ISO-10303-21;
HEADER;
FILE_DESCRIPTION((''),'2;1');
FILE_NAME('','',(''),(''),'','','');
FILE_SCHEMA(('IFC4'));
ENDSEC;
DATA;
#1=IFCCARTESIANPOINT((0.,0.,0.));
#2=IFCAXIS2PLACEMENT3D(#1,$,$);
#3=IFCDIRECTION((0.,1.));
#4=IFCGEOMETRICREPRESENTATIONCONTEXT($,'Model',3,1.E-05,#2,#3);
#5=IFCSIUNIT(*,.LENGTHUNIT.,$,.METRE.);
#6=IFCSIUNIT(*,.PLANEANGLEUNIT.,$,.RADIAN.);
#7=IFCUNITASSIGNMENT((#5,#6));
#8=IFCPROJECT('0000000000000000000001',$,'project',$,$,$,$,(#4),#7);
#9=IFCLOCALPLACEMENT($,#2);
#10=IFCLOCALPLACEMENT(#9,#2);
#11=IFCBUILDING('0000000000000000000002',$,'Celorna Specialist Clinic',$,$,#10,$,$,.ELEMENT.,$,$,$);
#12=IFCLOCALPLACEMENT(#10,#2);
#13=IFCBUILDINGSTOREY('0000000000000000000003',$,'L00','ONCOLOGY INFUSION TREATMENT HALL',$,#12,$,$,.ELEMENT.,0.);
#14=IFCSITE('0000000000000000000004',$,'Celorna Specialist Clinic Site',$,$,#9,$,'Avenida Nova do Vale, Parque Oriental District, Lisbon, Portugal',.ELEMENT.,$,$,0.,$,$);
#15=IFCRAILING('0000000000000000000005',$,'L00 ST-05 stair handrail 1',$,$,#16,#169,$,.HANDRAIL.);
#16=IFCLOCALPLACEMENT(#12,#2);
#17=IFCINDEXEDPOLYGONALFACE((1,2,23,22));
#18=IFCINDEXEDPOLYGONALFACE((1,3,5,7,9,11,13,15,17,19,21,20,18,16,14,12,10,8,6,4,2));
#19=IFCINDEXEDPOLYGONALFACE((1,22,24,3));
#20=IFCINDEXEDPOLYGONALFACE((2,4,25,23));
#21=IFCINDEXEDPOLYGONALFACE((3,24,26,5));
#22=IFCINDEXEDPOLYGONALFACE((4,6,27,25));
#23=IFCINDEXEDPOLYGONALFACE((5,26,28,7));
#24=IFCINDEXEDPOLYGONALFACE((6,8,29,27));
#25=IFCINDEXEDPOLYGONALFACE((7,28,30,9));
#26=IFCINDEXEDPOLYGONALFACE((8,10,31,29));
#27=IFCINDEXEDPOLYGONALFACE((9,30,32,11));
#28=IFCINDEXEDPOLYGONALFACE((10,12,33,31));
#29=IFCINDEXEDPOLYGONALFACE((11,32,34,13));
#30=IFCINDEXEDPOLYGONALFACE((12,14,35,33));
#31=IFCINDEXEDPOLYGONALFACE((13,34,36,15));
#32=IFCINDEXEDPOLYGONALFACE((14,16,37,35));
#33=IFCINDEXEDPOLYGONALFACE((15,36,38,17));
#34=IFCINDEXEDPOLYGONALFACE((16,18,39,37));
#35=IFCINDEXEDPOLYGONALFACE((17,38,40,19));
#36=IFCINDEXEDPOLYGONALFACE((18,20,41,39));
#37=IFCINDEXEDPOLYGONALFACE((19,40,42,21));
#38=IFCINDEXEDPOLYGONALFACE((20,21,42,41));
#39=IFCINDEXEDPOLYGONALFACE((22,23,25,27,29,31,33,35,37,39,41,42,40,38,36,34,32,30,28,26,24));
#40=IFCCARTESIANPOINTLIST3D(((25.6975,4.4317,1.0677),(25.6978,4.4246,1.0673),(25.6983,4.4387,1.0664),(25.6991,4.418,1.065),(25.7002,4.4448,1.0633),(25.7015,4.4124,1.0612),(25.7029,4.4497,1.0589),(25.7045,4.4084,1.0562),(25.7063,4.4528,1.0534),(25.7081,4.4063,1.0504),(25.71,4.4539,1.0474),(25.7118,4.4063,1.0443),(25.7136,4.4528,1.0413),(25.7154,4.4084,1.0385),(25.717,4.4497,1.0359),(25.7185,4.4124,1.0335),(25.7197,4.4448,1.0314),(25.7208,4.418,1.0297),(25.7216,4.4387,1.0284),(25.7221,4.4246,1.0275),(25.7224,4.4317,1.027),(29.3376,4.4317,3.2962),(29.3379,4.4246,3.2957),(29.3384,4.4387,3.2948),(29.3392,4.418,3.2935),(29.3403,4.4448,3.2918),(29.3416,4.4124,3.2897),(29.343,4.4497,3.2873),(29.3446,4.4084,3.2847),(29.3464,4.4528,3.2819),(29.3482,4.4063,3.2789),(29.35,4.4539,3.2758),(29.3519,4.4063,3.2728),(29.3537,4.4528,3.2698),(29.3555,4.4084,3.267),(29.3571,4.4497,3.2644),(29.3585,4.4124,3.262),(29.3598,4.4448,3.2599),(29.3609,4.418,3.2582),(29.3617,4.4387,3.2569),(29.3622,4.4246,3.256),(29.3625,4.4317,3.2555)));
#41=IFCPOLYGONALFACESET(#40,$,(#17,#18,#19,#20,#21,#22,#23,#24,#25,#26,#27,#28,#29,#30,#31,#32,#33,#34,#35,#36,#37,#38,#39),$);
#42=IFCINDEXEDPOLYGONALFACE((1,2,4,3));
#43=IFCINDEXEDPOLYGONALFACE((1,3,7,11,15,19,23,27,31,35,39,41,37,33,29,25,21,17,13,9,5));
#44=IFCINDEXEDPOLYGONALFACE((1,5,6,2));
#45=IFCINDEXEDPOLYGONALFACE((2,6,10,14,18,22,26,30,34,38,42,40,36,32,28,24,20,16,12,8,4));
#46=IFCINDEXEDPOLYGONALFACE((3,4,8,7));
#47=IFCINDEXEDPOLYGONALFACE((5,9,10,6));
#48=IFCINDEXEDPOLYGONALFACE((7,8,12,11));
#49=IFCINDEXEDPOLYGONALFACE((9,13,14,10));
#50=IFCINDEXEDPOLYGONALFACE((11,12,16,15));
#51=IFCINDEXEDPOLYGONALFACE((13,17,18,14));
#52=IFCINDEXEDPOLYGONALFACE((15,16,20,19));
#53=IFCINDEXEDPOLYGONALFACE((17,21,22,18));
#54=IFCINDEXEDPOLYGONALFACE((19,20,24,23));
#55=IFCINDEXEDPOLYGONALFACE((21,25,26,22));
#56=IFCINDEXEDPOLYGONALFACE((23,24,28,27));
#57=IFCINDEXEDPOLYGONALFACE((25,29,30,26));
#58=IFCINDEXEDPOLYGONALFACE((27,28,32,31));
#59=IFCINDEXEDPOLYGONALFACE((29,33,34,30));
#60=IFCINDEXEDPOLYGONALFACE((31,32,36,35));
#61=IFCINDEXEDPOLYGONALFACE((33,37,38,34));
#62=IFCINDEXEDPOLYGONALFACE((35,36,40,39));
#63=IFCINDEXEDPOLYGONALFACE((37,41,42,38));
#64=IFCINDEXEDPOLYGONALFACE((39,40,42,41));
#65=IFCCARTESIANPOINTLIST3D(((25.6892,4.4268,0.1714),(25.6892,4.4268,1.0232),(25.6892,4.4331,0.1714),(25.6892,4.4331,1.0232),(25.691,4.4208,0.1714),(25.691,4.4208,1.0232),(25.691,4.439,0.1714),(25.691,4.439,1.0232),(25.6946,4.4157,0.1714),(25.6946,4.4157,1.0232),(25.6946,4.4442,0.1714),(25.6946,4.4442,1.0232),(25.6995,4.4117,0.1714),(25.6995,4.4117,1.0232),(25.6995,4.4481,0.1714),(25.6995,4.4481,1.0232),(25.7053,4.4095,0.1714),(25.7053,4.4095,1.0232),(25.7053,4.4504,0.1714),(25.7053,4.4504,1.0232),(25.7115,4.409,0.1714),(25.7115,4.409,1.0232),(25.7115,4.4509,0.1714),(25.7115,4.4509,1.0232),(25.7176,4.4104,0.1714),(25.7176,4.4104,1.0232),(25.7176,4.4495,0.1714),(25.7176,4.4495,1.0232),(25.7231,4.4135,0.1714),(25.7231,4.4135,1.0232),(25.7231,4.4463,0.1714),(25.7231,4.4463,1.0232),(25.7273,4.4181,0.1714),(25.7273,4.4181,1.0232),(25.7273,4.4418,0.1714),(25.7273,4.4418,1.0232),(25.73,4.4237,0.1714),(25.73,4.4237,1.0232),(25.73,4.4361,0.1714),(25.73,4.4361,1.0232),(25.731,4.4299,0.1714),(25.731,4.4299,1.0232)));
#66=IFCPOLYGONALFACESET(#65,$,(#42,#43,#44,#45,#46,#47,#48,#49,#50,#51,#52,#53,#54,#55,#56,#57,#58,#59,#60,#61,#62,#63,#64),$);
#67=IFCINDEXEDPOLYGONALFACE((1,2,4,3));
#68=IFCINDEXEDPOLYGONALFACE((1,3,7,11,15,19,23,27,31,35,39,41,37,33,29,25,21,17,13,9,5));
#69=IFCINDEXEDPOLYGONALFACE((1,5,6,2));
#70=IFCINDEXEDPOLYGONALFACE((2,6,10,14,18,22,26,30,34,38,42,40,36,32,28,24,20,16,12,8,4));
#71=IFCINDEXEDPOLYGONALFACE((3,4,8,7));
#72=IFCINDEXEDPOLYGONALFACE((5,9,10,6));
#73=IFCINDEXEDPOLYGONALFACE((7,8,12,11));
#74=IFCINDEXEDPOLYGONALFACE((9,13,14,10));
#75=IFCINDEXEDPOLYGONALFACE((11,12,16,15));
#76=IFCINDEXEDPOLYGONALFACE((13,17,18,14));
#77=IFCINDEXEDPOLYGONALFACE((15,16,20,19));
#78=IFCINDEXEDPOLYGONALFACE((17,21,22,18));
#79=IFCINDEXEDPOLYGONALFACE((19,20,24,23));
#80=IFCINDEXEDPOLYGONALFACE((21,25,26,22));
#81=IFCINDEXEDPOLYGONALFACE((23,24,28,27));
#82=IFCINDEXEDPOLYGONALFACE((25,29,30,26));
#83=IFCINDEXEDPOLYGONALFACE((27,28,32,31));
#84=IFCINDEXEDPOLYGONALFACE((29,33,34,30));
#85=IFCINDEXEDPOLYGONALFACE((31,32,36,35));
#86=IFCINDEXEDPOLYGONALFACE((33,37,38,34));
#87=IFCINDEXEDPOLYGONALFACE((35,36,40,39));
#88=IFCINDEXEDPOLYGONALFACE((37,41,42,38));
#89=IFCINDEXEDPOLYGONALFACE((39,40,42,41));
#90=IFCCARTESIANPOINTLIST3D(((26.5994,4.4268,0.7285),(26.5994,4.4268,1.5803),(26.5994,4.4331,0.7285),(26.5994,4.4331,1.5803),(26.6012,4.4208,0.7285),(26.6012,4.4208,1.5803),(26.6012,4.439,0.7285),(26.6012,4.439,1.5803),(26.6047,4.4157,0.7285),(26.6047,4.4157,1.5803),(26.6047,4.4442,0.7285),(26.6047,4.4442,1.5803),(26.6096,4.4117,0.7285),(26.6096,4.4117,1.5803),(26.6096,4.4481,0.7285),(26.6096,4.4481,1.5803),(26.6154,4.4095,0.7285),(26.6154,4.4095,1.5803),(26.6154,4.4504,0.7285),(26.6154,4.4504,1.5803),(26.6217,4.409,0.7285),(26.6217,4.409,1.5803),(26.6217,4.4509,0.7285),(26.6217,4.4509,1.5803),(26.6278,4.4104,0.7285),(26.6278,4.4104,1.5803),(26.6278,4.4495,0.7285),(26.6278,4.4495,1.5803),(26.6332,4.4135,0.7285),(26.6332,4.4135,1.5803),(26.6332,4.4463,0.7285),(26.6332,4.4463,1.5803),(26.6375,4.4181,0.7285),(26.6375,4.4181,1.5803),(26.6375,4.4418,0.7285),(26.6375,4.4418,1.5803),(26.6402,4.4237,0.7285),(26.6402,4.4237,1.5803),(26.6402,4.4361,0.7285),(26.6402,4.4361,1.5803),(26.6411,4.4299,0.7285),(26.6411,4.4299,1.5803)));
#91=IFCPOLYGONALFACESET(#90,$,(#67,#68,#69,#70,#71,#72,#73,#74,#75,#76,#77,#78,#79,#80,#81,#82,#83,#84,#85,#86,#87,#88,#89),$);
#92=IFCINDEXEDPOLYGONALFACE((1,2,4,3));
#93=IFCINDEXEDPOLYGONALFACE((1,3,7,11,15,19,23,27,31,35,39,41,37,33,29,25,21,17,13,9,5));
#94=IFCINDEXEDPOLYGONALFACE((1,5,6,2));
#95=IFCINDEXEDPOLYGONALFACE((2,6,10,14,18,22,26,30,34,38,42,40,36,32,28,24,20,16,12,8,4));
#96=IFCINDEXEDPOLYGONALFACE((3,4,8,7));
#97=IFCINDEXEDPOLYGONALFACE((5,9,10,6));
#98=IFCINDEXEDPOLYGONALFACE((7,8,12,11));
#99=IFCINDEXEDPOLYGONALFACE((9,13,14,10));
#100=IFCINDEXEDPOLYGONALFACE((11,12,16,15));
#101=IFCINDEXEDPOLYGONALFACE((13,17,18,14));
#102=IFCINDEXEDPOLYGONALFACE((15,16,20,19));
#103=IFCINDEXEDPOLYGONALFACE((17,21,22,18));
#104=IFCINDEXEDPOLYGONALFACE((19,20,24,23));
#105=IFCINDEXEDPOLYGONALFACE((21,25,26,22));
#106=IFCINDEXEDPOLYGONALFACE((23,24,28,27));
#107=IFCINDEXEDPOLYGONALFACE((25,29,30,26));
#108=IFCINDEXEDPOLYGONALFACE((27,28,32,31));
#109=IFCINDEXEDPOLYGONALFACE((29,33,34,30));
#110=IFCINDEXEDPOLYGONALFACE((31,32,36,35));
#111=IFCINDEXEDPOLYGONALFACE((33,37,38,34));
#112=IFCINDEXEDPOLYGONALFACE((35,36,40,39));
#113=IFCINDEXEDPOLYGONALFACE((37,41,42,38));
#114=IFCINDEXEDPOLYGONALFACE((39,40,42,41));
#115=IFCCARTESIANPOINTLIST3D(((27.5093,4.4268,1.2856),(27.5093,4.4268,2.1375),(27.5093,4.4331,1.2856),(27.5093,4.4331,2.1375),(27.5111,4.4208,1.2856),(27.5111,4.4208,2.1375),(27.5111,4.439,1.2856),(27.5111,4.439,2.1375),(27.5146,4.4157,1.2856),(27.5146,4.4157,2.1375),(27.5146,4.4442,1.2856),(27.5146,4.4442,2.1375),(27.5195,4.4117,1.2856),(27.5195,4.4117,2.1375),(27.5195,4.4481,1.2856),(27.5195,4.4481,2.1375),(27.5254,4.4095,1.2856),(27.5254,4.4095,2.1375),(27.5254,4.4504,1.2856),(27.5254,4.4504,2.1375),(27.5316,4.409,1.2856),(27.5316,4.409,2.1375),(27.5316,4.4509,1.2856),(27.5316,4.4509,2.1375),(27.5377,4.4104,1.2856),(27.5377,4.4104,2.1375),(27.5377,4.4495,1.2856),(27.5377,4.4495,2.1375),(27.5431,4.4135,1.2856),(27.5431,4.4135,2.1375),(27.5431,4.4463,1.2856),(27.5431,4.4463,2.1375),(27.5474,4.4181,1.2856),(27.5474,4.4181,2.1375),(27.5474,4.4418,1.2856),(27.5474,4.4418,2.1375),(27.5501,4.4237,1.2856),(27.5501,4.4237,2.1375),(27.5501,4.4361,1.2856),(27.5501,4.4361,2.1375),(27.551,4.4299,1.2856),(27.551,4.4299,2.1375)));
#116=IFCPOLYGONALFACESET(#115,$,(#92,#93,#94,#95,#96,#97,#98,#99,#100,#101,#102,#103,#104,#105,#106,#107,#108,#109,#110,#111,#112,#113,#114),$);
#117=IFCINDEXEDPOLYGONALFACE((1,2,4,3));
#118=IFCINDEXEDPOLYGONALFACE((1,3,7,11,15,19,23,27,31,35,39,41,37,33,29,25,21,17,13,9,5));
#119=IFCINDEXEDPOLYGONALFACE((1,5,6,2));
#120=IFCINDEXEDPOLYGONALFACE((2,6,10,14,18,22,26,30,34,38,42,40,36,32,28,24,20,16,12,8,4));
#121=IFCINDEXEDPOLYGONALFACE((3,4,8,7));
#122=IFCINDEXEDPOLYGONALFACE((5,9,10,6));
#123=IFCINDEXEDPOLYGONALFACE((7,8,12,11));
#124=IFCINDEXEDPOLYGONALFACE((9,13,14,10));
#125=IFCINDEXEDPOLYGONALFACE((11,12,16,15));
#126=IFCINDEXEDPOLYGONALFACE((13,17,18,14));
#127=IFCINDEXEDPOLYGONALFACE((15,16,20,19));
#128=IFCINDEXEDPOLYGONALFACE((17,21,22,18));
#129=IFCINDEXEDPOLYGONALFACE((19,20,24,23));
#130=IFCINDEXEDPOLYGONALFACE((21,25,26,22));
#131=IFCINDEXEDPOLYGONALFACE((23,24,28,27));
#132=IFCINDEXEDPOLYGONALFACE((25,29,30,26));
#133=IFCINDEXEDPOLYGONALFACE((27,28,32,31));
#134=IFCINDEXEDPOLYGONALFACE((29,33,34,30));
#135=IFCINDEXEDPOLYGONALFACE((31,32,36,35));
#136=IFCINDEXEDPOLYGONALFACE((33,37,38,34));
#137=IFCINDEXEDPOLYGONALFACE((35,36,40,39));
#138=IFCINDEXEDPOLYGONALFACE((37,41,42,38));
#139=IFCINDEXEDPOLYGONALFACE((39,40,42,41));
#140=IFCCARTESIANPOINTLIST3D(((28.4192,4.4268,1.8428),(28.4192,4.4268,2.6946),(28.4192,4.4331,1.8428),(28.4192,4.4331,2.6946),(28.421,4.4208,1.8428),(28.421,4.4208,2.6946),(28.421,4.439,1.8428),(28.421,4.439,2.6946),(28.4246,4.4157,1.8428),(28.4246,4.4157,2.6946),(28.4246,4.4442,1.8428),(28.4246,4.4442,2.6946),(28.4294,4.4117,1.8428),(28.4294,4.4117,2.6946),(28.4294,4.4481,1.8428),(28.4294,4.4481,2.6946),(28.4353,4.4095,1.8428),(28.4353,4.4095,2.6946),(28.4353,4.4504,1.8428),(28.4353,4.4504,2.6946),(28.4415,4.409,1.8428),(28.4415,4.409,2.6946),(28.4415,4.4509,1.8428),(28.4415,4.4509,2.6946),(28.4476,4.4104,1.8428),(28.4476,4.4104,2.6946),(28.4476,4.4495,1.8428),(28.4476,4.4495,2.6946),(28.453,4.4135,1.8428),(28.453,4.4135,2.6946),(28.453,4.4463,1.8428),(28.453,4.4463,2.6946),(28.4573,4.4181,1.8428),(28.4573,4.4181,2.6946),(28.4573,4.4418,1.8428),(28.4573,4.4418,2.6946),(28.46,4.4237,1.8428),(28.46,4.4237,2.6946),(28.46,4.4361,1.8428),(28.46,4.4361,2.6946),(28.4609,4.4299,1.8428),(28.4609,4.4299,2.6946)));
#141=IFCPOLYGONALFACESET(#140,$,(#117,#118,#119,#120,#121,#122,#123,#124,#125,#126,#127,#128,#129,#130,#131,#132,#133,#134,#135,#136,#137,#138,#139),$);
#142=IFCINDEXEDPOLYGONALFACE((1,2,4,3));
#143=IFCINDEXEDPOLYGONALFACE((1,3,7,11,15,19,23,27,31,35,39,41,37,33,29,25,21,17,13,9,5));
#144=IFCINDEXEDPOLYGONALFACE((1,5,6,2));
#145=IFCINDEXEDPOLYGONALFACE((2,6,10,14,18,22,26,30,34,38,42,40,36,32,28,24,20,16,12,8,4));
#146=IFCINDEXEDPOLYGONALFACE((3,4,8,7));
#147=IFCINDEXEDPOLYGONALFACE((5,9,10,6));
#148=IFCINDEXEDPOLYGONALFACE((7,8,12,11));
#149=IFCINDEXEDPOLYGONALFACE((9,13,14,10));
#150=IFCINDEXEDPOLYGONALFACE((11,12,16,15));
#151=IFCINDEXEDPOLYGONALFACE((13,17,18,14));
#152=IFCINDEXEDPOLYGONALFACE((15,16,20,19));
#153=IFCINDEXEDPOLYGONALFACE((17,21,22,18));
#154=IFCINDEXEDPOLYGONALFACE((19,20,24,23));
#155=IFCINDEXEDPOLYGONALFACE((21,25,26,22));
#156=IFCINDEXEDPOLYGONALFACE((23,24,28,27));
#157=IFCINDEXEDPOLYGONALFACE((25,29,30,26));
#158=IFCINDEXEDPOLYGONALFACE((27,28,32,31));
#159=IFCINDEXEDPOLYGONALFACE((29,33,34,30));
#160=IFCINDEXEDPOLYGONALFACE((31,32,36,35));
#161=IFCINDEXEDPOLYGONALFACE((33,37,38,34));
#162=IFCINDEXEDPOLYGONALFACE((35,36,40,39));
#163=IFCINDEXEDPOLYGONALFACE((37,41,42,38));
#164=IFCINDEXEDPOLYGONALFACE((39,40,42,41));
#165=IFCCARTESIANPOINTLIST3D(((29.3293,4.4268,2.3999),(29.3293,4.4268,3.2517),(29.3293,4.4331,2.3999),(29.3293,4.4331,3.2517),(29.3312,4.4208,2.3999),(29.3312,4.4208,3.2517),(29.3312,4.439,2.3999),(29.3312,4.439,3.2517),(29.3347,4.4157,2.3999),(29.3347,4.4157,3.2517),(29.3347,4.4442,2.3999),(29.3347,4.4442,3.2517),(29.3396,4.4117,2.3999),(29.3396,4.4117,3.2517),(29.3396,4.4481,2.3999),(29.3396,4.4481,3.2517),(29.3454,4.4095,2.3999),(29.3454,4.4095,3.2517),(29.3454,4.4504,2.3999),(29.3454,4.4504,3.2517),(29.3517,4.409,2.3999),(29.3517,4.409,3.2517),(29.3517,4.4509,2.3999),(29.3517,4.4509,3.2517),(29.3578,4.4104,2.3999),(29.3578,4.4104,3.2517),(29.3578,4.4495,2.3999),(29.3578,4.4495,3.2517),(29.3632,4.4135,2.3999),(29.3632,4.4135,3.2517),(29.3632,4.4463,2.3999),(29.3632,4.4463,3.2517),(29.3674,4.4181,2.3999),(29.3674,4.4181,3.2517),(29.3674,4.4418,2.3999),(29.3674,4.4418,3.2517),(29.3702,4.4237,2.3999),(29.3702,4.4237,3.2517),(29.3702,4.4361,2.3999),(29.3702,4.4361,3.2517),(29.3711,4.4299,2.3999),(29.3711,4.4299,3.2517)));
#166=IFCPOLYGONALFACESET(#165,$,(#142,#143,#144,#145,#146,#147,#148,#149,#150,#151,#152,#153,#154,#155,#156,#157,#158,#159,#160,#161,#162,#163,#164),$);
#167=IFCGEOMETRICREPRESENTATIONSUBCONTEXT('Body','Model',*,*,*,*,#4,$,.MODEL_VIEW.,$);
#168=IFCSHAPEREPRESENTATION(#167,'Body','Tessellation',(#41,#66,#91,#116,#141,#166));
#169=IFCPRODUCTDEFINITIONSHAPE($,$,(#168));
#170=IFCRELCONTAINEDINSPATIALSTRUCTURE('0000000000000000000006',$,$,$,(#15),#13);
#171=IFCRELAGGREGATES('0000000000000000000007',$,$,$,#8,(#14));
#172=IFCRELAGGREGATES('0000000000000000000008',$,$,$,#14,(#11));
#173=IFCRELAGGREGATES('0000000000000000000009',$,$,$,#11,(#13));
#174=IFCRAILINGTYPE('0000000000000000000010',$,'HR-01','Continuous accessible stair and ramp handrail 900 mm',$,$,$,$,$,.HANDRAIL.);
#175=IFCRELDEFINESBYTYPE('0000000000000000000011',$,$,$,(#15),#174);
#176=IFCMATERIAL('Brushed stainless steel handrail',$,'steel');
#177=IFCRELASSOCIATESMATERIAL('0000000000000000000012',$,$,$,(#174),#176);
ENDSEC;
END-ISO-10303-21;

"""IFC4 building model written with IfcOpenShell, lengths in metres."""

from ifc_helpers import new_model, si_unit, direction, frame, origin, origin_2d, place, context, subcontext, project, spatial, circle, extrude, material, type_object, element, save


model = new_model("IFC4")

# Units and contexts
model_context = context("Model", 3, precision=1e-05, world=origin(), true_north=direction((0.0, 1.0)))
body_context = subcontext(model_context, "Body", "Model", "MODEL_VIEW")
ifc_project = project(units=[si_unit("LENGTHUNIT", "METRE"), si_unit("PLANEANGLEUNIT", "RADIAN")], contexts=[model_context])

# Site, building, storey
site_placement = place(None, origin())
site = spatial("IfcSite", under=ifc_project, at=site_placement, Name="Celorna Specialist Clinic Site", LongName="Avenida Nova do Vale, Parque Oriental District, Lisbon, Portugal", CompositionType="ELEMENT", RefElevation=0.0)
building_placement = place(site_placement, origin())
building = spatial("IfcBuilding", under=site, at=building_placement, Name="Celorna Specialist Clinic", CompositionType="ELEMENT")
storey_placement = place(building_placement, origin())
storey = spatial("IfcBuildingStorey", under=building, at=storey_placement, Name="L00", Description="ONCOLOGY INFUSION TREATMENT HALL", CompositionType="ELEMENT", Elevation=0.0)

# Railing
ifc_material_1 = material(Name="Brushed stainless steel handrail", Category="steel")
railing_type_1 = type_object("IfcRailingType", Name="HR-01", Description="Continuous accessible stair and ramp handrail 900 mm", PredefinedType="HANDRAIL", material=ifc_material_1)
railing_1_placement = place(storey_placement, frame((25.71, 4.4299, 0.1714)))
element("IfcRailing", 1, at=railing_1_placement, inside=storey, type_object=railing_type_1, Name="L00 ST-05 stair handrail 1", PredefinedType="HANDRAIL", context=body_context, shape_type="SweptSolid", body=[
    extrude(circle(Radius=0.0239, at=origin_2d()), frame((0.0, 0.0, 0.876), z_axis=(0.852866, 0.0, 0.52213), x_axis=(0.0, 1.0, 0.0)), (0.0, 0.0, 1.0), 4.2681),
    extrude(circle(Radius=0.021, at=origin_2d()), origin(), (0.0, 0.0, 1.0), 0.8518),
    extrude(circle(Radius=0.021, at=origin_2d()), frame((0.9102, 0.0, 0.5571)), (0.0, 0.0, 1.0), 0.8518),
    extrude(circle(Radius=0.021, at=origin_2d()), frame((1.8201, 0.0, 1.1143)), (0.0, 0.0, 1.0), 0.8518),
    extrude(circle(Radius=0.021, at=origin_2d()), frame((2.73, 0.0, 1.6714)), (0.0, 0.0, 1.0), 0.8518),
    extrude(circle(Radius=0.021, at=origin_2d()), frame((3.6401, 0.0, 2.2285)), (0.0, 0.0, 1.0), 0.8518),
])

save(model, "model.ifc")
